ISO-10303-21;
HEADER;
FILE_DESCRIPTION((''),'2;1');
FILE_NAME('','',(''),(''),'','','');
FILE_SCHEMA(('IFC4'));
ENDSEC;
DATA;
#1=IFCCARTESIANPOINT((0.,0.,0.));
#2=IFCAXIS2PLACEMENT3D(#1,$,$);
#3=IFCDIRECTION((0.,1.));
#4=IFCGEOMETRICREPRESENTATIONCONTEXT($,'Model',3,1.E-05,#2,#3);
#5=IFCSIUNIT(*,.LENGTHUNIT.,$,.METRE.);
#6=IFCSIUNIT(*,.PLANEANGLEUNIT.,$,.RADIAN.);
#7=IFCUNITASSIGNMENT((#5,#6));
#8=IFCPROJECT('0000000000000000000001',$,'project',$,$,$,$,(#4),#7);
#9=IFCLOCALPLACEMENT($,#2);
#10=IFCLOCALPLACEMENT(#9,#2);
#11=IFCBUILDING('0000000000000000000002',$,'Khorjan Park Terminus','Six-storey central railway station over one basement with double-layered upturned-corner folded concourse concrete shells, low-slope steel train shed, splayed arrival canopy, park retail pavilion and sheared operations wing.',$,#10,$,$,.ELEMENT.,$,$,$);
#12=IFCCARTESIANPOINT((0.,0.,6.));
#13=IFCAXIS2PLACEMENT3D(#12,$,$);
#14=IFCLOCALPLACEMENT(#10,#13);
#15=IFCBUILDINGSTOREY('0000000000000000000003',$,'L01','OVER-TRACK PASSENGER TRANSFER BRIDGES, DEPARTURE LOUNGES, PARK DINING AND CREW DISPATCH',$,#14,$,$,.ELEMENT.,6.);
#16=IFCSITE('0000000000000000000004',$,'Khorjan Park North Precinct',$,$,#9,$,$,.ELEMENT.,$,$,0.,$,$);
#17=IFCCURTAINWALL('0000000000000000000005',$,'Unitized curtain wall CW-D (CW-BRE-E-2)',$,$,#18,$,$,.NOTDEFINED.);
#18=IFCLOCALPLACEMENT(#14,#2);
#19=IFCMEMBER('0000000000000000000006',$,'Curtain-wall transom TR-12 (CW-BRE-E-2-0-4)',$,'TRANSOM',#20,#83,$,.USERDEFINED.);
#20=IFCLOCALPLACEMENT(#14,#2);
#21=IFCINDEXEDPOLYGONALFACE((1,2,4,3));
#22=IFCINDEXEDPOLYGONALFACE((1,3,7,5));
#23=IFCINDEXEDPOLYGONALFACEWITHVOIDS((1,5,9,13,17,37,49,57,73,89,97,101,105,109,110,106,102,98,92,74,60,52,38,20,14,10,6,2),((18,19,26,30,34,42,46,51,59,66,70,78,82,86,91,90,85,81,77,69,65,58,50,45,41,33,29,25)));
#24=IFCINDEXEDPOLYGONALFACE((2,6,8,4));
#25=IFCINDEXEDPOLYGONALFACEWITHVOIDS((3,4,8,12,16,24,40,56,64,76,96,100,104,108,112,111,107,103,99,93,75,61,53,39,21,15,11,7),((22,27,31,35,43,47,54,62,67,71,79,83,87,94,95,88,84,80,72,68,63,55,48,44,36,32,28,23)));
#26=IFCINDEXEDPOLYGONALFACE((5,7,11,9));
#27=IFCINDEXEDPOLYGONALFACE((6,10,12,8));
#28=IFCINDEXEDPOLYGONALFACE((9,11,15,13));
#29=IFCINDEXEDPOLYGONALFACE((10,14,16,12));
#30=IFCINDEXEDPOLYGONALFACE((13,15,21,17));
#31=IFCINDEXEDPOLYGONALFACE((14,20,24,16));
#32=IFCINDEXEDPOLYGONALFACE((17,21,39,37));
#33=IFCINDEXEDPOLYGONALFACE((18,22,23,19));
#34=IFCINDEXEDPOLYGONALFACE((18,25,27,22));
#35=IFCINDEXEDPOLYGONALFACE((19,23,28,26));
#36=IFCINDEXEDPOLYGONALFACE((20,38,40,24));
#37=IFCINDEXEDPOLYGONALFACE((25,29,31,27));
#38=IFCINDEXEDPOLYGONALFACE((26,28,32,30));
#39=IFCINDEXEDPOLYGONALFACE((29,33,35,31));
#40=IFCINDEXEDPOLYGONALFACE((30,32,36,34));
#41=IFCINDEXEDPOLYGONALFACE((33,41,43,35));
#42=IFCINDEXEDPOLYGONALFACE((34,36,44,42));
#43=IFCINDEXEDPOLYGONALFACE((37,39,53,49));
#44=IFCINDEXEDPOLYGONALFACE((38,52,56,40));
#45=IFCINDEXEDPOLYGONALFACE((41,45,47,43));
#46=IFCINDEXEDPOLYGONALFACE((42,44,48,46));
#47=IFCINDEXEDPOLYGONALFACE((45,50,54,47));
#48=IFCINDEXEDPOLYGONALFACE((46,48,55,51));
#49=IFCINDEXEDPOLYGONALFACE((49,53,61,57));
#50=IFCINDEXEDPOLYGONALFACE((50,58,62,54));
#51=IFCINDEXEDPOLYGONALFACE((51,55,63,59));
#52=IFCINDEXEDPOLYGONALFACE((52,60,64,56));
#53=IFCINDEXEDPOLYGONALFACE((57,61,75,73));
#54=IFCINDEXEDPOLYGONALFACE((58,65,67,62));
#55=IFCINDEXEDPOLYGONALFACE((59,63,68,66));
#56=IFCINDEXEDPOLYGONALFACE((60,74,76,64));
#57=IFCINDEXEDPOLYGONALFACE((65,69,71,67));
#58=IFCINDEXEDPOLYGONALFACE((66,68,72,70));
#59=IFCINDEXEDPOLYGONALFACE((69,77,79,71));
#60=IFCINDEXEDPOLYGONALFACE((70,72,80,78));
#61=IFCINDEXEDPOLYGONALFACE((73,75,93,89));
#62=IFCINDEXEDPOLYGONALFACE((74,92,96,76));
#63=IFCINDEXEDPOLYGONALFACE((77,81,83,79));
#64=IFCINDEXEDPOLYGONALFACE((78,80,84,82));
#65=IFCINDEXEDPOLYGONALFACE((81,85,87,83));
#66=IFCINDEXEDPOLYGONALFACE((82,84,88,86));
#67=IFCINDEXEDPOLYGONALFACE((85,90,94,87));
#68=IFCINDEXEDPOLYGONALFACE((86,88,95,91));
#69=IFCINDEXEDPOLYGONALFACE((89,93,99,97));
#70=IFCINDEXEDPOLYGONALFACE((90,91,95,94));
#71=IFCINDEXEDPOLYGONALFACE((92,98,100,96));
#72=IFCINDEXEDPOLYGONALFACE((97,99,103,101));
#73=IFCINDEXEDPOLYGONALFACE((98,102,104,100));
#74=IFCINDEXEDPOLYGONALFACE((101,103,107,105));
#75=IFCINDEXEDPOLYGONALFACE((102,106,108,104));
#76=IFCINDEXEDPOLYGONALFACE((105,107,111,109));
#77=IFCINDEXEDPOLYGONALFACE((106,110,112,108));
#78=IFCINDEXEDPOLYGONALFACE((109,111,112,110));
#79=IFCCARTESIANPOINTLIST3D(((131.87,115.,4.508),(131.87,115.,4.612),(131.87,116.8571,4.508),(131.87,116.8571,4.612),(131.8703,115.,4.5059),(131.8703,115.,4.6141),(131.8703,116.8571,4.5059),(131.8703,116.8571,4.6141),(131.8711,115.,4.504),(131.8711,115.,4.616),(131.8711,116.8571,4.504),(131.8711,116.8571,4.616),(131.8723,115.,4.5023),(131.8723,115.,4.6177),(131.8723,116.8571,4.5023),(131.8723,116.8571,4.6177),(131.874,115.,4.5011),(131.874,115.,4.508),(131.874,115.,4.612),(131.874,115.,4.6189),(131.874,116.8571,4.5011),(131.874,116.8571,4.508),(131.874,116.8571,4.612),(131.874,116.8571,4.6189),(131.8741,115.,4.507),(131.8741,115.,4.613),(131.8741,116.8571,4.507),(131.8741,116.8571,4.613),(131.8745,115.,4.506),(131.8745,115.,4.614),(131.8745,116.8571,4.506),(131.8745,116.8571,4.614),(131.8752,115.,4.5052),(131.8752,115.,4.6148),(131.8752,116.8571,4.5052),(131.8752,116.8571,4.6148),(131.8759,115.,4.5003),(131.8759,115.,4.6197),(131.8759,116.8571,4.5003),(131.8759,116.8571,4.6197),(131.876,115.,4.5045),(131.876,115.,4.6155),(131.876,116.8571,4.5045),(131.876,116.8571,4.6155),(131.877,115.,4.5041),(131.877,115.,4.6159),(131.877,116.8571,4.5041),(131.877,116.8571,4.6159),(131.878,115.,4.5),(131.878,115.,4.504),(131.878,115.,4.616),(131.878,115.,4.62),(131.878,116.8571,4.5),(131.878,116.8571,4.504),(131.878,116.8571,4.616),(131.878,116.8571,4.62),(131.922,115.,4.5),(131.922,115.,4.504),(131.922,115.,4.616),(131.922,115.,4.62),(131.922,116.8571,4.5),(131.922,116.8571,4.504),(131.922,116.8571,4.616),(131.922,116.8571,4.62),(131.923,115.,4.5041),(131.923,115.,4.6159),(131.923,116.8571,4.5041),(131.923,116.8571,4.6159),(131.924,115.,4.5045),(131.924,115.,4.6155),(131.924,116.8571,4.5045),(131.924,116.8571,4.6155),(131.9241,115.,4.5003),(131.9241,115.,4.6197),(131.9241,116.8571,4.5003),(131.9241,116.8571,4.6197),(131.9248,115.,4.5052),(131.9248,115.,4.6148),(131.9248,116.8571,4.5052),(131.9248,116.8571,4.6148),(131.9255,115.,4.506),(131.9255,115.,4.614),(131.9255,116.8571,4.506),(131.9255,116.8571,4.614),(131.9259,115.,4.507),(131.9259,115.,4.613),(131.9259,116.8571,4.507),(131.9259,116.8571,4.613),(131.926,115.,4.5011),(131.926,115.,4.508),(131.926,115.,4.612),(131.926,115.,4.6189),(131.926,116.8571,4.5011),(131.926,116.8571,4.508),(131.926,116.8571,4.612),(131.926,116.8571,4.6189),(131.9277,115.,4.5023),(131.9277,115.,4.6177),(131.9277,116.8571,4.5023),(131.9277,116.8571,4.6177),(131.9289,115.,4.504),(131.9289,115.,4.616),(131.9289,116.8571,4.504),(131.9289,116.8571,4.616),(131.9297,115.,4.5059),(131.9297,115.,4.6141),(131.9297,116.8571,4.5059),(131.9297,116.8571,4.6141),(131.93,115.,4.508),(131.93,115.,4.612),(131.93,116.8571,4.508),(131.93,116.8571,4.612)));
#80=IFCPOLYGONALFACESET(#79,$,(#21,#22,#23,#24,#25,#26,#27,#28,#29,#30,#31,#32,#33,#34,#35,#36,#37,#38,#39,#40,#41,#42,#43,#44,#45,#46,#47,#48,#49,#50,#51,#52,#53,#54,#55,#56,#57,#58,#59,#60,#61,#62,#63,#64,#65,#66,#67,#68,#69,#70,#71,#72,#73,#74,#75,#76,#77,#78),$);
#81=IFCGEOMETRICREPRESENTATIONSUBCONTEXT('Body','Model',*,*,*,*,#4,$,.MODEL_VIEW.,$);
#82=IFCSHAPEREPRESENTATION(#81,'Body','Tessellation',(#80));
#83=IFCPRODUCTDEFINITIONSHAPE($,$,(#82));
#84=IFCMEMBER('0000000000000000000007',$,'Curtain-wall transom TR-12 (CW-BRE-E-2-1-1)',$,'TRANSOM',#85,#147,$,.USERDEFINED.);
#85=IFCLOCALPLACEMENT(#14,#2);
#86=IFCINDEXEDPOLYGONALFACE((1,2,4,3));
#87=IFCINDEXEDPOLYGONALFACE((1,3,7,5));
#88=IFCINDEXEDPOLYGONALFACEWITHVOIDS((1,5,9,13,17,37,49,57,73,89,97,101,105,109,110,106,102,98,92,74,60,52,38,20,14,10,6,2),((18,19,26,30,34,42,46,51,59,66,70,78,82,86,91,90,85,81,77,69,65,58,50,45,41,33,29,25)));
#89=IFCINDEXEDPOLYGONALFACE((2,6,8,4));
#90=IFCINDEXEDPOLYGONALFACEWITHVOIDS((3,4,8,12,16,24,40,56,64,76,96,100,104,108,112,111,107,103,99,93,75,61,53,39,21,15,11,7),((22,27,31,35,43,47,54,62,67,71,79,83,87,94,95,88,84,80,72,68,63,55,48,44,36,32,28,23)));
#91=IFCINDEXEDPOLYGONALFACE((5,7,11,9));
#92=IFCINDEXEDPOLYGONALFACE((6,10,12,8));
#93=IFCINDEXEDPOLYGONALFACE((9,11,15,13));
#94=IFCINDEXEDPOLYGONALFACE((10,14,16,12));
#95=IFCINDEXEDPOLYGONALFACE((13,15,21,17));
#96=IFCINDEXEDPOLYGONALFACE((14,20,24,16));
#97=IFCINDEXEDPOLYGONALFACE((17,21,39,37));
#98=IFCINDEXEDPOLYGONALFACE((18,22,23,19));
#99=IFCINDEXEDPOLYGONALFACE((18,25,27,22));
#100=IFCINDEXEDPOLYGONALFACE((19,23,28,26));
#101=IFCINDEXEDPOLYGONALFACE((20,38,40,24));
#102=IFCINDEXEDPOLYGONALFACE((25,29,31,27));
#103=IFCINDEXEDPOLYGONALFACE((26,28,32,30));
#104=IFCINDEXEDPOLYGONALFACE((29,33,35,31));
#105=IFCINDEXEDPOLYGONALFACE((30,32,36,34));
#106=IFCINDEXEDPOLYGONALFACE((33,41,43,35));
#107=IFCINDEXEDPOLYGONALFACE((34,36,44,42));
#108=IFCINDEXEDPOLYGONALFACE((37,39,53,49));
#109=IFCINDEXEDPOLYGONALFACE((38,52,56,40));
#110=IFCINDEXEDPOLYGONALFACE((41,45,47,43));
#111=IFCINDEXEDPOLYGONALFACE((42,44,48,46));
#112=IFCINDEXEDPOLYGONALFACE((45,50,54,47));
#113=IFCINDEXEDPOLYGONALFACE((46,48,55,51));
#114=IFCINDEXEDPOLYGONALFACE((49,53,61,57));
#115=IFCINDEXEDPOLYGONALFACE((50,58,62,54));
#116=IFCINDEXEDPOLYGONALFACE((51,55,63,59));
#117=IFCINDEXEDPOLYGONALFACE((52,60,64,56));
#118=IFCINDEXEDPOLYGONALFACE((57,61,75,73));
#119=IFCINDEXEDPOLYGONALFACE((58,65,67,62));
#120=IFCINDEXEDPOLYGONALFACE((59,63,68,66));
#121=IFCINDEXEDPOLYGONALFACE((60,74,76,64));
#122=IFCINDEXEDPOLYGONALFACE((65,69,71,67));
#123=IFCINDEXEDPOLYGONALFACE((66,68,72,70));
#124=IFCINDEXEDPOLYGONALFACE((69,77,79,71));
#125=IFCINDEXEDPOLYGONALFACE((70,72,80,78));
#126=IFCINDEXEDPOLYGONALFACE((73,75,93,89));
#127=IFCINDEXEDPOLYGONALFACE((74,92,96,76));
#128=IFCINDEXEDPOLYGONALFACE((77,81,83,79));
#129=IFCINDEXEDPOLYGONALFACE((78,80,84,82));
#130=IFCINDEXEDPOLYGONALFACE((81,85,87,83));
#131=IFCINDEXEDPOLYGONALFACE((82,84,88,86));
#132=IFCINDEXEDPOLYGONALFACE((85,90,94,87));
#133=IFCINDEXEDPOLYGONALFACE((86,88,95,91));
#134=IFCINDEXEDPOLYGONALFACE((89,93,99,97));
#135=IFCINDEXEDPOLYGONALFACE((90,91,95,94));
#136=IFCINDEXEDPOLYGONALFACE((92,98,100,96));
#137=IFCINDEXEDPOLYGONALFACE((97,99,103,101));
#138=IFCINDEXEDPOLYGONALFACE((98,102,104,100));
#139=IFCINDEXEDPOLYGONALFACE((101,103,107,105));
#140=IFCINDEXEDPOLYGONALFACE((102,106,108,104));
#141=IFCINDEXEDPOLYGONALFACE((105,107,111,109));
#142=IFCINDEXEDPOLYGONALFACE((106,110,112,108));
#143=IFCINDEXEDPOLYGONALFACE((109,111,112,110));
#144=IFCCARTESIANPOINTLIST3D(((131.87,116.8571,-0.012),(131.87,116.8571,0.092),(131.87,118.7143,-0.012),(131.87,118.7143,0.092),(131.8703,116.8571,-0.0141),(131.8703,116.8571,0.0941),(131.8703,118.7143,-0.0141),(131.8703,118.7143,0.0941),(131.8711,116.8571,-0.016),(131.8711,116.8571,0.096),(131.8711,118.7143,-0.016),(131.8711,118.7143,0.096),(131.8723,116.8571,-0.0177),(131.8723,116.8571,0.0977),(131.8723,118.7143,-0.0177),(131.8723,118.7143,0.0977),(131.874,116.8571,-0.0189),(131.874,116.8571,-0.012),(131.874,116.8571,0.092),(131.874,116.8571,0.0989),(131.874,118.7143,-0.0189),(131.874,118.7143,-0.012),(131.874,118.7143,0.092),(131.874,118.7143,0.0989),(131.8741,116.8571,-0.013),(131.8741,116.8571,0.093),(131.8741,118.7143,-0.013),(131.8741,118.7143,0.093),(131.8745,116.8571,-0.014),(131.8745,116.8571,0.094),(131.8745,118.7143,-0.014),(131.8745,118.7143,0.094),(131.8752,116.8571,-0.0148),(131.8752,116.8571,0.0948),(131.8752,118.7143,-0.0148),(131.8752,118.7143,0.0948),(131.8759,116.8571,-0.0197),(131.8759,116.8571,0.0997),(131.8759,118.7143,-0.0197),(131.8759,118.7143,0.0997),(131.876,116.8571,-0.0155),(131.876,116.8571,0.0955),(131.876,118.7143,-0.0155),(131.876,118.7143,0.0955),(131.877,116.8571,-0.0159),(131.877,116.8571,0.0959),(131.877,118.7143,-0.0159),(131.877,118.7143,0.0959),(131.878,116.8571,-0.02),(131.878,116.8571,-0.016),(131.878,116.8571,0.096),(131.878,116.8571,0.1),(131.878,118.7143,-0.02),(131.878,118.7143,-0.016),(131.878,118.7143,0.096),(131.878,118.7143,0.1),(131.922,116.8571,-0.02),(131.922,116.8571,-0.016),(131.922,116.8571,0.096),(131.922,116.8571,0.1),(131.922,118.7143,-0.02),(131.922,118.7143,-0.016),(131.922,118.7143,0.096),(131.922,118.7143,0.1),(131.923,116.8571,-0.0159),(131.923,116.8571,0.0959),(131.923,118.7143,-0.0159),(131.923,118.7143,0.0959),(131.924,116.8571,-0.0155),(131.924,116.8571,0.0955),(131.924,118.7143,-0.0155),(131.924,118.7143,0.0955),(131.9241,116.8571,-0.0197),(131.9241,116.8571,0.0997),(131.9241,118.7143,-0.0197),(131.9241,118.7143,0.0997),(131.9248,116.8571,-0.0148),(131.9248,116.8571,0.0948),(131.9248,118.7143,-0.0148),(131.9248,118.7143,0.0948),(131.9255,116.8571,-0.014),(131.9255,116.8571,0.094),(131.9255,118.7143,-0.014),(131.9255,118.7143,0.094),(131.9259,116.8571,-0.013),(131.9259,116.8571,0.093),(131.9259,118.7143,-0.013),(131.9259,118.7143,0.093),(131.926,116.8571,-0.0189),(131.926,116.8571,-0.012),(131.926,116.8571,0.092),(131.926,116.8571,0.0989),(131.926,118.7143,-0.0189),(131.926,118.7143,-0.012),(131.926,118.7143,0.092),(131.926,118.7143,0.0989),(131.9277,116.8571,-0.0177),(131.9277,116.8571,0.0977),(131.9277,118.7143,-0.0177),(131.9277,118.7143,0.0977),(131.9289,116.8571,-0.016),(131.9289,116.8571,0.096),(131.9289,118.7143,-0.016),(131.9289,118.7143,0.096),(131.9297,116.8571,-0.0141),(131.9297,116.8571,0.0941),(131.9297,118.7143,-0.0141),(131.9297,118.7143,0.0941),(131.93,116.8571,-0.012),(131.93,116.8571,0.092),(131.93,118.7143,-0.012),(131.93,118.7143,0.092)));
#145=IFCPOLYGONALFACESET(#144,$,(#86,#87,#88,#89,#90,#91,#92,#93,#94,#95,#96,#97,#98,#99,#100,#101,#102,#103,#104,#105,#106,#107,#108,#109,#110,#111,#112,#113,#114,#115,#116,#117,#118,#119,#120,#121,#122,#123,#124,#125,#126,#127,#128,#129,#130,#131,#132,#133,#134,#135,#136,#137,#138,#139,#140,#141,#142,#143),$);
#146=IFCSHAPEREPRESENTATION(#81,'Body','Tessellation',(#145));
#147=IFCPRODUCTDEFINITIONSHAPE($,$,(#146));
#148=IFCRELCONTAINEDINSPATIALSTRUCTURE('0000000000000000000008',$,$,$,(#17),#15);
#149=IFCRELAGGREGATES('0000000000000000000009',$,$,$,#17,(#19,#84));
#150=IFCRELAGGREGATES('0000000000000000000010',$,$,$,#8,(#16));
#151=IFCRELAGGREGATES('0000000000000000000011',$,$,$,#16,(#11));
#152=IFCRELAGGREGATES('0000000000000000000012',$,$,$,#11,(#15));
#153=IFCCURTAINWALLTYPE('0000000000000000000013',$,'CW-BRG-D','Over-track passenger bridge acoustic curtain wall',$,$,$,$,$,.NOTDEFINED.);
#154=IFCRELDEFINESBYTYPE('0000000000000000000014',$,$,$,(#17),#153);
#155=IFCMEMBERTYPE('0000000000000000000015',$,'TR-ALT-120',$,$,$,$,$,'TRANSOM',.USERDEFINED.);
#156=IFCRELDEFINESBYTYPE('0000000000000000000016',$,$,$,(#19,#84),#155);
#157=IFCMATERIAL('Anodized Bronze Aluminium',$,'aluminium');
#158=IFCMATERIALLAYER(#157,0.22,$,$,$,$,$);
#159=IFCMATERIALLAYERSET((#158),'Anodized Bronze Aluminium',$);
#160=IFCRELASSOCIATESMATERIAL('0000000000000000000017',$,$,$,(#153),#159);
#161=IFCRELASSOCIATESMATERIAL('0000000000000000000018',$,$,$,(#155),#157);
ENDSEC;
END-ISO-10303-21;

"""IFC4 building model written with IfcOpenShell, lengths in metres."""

from ifc_helpers import new_model, si_unit, direction, frame, origin, origin_2d, place, context, subcontext, project, spatial, hollow_rectangle, extrude, material, layer, layer_set, material_profile, profile_set, type_object, element, aggregate, save


model = new_model("IFC4")

# Units and contexts
model_context = context("Model", 3, precision=1e-05, world=origin(), true_north=direction((0.0, 1.0)))
body_context = subcontext(model_context, "Body", "Model", "MODEL_VIEW")
ifc_project = project(units=[si_unit("LENGTHUNIT", "METRE"), si_unit("PLANEANGLEUNIT", "RADIAN")], contexts=[model_context])

# Site, building, storey
site_placement = place(None, origin())
site = spatial("IfcSite", under=ifc_project, at=site_placement, Name="Khorjan Park North Precinct", CompositionType="ELEMENT", RefElevation=0.0)
building_placement = place(site_placement, origin())
building = spatial("IfcBuilding", under=site, at=building_placement, Name="Khorjan Park Terminus", Description="Six-storey central railway station over one basement with double-layered upturned-corner folded concourse concrete shells, low-slope steel train shed, splayed arrival canopy, park retail pavilion and sheared operations wing.", CompositionType="ELEMENT")
storey_placement = place(building_placement, frame((0.0, 0.0, 6.0)))
storey = spatial("IfcBuildingStorey", under=building, at=storey_placement, Name="L01", Description="OVER-TRACK PASSENGER TRANSFER BRIDGES, DEPARTURE LOUNGES, PARK DINING AND CREW DISPATCH", CompositionType="ELEMENT", Elevation=6.0)

# Curtain wall, members
ifc_material_1 = material(Name="Anodized Bronze Aluminium", Category="aluminium")
ifc_layer_1 = layer(ifc_material_1, 0.22)
ifc_layer_set_1 = layer_set([ifc_layer_1], Name="Anodized Bronze Aluminium")
curtain_wall_type = type_object("IfcCurtainWallType", Name="CW-BRG-D", Description="Over-track passenger bridge acoustic curtain wall", PredefinedType="NOTDEFINED", material=ifc_layer_set_1)
curtain_wall_placement = place(storey_placement, origin())
curtain_wall = element("IfcCurtainWall", 1, at=curtain_wall_placement, inside=storey, type_object=curtain_wall_type, Name="Unitized curtain wall CW-D (CW-BRE-E-2)", PredefinedType="NOTDEFINED")
ifc_material_profile_1 = material_profile(ifc_material_1, hollow_rectangle(XDim=0.06, YDim=0.12, WallThickness=0.004, InnerFilletRadius=0.004, OuterFilletRadius=0.008, at=origin_2d()), Name="ALT 60x120x4")
ifc_profile_set_1 = profile_set([ifc_material_profile_1], Name="Anodized Bronze Aluminium")
member_type_1 = type_object("IfcMemberType", Name="TR-ALT-120", ElementType="TRANSOM", PredefinedType="USERDEFINED", material=ifc_profile_set_1)
member_1_placement = place(storey_placement, frame((131.9, 115.0, 4.56), z_axis=(0.0, 1.0, 0.0), x_axis=(-1.0, 0.0, 0.0)))
member_1 = element("IfcMember", 2, at=member_1_placement, type_object=member_type_1, Name="Curtain-wall transom TR-12 (CW-BRE-E-2-0-4)", ObjectType="TRANSOM", PredefinedType="USERDEFINED", context=body_context, shape_type="SweptSolid", body=[
    extrude(hollow_rectangle(XDim=0.06, YDim=0.12, WallThickness=0.004, InnerFilletRadius=0.004, OuterFilletRadius=0.008, at=origin_2d()), origin(), (0.0, 0.0, 1.0), 1.8571),
])
member_2_placement = place(storey_placement, frame((131.9, 116.8571, 0.04), z_axis=(0.0, 1.0, 0.0), x_axis=(-1.0, 0.0, 0.0)))
member_2 = element("IfcMember", 3, at=member_2_placement, type_object=member_type_1, Name="Curtain-wall transom TR-12 (CW-BRE-E-2-1-1)", ObjectType="TRANSOM", PredefinedType="USERDEFINED", context=body_context, shape_type="SweptSolid", body=[
    extrude(hollow_rectangle(XDim=0.06, YDim=0.12, WallThickness=0.004, InnerFilletRadius=0.004, OuterFilletRadius=0.008, at=origin_2d()), origin(), (0.0, 0.0, 1.0), 1.8572),
])
aggregate(curtain_wall, [member_1, member_2])

save(model, "model.ifc")
